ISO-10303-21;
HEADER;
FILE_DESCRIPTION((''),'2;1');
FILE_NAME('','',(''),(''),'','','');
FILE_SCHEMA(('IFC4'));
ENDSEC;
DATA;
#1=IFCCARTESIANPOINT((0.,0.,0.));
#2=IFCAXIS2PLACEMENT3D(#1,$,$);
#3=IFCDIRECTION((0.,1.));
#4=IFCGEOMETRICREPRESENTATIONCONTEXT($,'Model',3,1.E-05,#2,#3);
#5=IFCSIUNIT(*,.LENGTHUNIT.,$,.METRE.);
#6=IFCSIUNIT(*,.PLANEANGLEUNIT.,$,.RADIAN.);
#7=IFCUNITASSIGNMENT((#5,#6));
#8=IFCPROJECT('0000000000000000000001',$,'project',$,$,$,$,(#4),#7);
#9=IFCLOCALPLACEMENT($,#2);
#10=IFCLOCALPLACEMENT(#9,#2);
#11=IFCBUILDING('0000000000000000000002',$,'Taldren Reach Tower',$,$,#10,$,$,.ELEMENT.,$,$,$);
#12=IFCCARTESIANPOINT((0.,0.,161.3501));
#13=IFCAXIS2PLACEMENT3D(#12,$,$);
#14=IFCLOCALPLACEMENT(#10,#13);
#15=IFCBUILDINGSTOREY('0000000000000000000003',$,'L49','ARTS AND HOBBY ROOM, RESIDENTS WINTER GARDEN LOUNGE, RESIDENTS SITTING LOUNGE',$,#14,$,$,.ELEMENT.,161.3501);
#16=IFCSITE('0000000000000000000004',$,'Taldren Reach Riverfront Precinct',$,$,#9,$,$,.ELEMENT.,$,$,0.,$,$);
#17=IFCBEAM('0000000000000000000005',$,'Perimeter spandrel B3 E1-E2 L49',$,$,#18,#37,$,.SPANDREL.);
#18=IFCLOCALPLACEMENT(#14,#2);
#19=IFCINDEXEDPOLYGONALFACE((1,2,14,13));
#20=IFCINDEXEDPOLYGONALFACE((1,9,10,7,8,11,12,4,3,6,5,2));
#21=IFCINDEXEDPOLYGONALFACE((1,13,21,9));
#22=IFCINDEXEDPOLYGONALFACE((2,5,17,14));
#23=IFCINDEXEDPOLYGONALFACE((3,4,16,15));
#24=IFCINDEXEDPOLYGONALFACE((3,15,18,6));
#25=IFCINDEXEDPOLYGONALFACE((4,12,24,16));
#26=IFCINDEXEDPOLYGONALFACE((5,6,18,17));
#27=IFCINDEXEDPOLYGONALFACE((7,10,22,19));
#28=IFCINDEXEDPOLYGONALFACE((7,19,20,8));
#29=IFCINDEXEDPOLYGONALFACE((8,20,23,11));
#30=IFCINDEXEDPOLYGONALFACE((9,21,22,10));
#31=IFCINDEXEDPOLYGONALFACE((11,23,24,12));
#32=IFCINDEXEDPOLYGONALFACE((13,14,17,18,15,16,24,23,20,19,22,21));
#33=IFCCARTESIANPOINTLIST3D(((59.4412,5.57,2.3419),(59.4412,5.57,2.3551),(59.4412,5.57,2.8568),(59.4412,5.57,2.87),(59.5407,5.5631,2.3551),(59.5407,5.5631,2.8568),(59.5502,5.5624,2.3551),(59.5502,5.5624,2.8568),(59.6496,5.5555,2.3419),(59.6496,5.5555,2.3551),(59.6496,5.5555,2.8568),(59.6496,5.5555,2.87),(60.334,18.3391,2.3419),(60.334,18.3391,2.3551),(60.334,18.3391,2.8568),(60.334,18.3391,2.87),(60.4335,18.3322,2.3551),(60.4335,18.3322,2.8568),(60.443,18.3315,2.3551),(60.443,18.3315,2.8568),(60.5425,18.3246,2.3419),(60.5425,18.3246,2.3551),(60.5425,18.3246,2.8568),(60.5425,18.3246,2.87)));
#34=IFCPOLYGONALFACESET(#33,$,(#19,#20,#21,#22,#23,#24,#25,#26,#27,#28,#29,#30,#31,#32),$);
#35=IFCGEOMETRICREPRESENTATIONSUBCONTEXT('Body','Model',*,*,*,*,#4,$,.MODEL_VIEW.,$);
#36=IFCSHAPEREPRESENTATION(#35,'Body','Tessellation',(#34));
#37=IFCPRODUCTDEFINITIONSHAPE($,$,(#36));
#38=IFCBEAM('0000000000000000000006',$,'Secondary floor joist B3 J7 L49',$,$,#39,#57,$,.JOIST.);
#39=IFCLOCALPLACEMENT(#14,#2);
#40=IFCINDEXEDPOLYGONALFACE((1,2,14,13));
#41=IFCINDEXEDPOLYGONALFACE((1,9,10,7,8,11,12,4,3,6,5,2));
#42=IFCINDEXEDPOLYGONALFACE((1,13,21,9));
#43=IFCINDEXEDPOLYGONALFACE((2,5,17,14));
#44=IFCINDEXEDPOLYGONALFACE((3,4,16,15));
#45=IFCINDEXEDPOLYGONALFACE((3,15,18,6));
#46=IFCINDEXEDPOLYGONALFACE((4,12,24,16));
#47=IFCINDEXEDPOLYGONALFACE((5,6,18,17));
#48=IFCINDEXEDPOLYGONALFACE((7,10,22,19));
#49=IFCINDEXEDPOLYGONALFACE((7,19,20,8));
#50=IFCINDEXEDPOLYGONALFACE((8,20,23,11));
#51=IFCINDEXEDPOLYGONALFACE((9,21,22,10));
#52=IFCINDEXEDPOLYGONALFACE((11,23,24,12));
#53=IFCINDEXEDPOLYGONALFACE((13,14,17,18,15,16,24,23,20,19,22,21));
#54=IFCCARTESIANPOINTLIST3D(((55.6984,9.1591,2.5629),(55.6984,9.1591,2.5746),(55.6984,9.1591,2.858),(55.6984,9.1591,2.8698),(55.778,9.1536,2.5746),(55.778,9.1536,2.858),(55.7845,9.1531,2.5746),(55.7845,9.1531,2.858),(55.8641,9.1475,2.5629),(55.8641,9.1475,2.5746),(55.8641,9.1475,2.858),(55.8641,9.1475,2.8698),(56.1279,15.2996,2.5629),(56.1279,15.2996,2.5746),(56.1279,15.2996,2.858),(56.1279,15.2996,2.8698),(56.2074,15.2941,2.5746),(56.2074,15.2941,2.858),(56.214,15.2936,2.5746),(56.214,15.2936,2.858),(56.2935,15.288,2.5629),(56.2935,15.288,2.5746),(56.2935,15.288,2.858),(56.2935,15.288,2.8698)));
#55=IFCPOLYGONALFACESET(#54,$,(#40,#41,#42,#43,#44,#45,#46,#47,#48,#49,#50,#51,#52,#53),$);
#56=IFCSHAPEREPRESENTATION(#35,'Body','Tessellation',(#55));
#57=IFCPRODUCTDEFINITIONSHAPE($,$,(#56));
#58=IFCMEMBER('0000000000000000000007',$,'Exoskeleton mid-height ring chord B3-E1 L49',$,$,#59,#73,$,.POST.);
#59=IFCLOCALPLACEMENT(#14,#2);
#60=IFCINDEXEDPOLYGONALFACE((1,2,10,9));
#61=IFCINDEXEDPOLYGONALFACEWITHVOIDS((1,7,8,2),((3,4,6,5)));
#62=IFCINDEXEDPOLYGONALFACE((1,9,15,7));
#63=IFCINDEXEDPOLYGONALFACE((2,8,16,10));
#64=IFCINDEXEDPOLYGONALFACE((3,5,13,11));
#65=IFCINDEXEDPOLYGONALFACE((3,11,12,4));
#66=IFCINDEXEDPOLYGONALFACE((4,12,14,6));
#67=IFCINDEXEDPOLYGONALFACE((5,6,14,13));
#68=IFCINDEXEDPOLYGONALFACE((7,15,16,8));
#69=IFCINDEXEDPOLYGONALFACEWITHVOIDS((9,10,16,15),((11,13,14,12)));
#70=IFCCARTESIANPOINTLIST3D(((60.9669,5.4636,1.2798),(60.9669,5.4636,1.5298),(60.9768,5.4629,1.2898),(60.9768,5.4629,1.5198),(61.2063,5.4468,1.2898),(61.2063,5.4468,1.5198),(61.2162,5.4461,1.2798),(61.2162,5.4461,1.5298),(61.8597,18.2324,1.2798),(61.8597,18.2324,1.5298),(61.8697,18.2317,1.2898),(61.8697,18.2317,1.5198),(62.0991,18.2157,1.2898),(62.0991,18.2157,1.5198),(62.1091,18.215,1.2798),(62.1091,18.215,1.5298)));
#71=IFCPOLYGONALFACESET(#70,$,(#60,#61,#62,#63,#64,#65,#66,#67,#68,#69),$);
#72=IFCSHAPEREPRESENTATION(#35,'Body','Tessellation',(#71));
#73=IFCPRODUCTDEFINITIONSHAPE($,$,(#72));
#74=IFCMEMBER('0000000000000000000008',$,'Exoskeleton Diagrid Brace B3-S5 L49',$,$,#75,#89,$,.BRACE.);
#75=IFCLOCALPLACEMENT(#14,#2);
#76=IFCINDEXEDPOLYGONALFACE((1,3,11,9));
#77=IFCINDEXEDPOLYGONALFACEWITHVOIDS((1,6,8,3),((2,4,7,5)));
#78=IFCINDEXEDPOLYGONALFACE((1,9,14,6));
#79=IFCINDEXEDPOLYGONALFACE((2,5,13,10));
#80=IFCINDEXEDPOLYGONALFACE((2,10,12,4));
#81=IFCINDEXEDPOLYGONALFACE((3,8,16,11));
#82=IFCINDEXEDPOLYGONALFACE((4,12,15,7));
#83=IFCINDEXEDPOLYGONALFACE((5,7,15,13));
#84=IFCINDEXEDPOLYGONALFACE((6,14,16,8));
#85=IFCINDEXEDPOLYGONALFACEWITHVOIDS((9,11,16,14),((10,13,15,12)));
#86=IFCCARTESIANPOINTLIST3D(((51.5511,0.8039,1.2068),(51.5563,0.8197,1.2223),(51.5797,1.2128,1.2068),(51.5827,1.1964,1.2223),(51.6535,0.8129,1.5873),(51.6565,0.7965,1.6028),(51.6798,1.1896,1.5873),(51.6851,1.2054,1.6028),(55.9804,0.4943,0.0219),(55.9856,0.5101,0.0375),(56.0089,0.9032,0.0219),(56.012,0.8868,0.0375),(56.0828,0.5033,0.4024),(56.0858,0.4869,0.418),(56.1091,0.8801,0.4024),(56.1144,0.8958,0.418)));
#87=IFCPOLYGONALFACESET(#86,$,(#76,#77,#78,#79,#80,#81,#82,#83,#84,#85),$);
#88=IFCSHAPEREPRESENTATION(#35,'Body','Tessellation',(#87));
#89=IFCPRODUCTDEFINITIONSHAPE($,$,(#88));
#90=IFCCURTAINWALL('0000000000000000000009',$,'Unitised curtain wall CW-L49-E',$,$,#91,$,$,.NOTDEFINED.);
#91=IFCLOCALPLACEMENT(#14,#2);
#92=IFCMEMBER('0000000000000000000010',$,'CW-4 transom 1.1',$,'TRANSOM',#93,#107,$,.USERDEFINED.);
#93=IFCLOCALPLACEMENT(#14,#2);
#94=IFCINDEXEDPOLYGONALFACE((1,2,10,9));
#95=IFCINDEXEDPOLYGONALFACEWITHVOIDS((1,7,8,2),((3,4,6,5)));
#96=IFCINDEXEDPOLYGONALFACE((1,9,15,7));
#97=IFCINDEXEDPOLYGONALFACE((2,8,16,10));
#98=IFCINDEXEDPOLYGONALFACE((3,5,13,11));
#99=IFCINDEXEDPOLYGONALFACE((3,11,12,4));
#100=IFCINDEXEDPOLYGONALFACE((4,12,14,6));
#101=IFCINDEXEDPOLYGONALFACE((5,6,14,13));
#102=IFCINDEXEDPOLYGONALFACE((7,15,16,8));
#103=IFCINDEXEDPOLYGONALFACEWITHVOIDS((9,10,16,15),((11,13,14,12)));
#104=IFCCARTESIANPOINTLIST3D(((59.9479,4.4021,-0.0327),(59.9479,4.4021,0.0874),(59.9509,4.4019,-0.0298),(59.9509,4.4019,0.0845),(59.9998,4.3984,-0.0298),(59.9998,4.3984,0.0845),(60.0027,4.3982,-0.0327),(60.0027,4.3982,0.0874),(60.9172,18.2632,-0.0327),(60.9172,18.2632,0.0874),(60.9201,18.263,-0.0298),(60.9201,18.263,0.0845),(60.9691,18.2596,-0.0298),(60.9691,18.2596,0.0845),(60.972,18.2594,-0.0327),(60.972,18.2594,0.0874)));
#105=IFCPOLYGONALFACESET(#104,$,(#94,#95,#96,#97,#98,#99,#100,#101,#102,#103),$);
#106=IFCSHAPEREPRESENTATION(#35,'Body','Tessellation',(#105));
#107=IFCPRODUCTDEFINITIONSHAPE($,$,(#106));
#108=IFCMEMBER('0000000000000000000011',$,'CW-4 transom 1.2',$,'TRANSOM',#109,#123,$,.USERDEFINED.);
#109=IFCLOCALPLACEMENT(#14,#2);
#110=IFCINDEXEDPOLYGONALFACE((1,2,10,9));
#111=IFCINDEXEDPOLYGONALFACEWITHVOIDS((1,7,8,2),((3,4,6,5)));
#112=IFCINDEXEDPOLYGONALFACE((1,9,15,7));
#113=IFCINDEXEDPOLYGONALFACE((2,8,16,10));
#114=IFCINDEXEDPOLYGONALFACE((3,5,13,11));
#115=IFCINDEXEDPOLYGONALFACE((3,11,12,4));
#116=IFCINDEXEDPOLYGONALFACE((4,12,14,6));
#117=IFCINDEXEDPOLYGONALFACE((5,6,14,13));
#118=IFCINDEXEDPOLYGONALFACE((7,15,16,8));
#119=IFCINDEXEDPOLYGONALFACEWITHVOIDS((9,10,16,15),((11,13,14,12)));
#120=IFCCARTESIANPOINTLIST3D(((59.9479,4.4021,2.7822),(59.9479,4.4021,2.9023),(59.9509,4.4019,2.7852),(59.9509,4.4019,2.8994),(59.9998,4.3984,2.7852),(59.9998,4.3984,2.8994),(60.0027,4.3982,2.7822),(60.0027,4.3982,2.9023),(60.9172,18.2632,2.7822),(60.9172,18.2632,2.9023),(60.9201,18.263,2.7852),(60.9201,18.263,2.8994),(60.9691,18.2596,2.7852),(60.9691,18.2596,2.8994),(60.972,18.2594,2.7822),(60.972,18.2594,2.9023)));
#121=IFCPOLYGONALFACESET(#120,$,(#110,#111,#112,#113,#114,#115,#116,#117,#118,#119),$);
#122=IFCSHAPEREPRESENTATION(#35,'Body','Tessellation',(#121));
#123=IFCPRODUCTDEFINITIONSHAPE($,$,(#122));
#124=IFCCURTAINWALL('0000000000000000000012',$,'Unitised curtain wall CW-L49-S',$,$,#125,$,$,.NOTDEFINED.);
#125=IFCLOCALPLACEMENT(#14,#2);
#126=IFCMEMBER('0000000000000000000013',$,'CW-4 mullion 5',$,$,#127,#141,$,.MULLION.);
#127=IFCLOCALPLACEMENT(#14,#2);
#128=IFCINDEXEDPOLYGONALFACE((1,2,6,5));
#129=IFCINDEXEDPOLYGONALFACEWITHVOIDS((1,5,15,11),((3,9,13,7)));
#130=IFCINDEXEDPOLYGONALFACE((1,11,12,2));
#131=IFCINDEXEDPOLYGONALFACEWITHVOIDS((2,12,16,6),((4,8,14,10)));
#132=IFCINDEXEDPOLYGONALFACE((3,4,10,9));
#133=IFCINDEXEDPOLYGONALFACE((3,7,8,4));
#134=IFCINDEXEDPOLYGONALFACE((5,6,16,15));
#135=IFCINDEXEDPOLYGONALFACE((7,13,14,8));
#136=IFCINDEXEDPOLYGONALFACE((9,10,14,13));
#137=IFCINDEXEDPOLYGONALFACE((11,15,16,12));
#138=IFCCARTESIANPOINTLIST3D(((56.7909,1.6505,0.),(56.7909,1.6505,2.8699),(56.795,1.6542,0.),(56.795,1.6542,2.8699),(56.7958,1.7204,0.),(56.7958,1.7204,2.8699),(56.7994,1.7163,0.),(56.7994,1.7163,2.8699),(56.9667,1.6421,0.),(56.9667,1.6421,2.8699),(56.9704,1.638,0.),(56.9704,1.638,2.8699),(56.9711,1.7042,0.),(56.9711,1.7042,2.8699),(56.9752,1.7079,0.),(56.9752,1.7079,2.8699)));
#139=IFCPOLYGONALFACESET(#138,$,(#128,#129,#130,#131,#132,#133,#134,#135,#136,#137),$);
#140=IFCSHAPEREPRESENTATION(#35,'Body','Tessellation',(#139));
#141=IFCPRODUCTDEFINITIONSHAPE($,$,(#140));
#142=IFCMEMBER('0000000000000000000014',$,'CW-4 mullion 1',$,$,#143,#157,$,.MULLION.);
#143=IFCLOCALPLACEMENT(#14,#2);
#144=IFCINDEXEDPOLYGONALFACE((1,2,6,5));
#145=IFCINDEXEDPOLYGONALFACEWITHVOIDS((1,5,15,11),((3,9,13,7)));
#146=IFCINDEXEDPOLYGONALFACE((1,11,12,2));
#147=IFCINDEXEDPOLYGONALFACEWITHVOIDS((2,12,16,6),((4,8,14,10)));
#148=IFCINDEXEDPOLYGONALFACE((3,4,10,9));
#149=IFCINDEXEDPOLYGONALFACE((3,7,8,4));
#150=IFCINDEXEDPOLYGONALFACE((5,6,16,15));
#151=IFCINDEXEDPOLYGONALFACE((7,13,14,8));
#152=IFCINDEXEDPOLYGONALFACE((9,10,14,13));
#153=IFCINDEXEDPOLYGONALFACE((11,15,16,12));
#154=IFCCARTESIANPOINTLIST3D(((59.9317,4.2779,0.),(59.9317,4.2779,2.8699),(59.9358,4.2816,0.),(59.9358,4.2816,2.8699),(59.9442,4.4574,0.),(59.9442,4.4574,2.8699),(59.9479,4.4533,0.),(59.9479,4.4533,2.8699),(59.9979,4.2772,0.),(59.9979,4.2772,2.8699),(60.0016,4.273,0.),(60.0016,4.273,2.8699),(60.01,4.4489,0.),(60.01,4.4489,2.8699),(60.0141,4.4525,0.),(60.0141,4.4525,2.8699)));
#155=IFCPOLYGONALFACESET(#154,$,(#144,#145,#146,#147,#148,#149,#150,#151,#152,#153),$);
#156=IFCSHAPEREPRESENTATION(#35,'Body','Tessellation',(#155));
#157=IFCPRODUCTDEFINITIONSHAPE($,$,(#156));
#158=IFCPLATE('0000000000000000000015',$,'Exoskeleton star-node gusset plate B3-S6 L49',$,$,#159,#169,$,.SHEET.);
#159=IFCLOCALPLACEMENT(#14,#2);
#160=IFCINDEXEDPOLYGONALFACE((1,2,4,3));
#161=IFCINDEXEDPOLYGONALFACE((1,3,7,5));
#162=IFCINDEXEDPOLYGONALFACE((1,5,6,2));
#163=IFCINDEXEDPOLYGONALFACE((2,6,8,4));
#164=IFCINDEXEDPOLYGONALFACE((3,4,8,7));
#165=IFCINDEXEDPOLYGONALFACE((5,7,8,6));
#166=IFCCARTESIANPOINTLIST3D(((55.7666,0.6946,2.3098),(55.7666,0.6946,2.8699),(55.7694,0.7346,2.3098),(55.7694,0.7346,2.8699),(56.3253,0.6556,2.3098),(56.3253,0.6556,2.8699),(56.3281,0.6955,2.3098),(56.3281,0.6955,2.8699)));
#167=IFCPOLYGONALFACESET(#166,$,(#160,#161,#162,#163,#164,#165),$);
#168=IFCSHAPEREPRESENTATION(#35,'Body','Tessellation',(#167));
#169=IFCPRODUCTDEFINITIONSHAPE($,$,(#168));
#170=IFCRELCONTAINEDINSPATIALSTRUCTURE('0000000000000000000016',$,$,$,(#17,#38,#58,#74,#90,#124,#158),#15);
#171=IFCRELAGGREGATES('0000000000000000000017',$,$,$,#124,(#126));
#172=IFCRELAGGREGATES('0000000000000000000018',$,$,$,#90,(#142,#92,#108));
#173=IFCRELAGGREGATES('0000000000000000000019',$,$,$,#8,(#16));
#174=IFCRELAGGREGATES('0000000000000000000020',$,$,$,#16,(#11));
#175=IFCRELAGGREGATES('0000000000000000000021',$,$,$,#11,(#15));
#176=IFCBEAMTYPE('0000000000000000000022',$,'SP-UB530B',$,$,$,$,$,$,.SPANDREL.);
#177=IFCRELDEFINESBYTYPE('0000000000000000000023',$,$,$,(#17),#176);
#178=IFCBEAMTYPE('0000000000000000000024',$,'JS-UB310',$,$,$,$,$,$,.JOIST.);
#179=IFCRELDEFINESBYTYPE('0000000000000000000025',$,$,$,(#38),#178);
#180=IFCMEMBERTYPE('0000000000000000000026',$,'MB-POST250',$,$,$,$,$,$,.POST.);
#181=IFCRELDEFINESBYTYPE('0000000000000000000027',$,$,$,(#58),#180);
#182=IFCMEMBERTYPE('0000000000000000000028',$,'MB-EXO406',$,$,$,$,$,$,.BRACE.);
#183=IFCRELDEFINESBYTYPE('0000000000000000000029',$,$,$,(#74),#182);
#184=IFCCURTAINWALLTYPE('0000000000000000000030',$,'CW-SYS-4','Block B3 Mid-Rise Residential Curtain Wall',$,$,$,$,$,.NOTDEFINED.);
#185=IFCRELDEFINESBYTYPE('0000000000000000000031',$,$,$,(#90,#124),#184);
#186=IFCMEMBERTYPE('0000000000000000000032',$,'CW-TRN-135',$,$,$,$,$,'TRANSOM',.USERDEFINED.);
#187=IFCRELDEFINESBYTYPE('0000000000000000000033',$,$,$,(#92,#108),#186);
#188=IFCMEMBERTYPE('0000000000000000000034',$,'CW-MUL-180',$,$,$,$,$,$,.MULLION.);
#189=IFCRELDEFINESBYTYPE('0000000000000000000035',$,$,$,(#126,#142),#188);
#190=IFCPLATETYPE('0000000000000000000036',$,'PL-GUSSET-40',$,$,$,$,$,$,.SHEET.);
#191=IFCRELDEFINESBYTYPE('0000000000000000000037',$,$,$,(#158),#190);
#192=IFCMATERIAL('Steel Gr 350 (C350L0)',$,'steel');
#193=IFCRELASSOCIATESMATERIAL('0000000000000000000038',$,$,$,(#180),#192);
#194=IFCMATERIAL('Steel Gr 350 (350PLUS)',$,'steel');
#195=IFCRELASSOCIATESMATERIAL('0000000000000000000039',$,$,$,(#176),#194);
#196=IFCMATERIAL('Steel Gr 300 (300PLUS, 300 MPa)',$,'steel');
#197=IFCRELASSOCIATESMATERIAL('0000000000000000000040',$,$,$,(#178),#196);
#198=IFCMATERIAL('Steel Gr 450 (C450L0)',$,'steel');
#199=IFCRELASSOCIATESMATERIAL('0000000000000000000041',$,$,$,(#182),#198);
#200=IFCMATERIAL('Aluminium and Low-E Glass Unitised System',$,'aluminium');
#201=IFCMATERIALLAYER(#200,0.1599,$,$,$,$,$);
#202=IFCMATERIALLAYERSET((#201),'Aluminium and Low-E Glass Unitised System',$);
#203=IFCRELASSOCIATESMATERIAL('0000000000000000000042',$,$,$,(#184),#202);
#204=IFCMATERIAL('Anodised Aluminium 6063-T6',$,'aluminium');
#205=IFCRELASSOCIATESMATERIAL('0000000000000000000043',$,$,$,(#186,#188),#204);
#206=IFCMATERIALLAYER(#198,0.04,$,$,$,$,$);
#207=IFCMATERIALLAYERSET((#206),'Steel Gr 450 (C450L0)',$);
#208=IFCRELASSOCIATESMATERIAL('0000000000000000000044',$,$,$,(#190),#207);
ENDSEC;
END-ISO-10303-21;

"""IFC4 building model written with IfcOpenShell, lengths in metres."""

from ifc_helpers import new_model, si_unit, direction, frame, origin, origin_2d, place, context, subcontext, project, spatial, rectangle, hollow_rectangle, i_section, extrude, source, transform, mapped, material, layer, layer_set, material_profile, profile_set, type_object, element, aggregate, save


model = new_model("IFC4")

# Units and contexts
model_context = context("Model", 3, precision=1e-05, world=origin(), true_north=direction((0.0, 1.0)))
body_context = subcontext(model_context, "Body", "Model", "MODEL_VIEW")
ifc_project = project(units=[si_unit("LENGTHUNIT", "METRE"), si_unit("PLANEANGLEUNIT", "RADIAN")], contexts=[model_context])

# Site, building, storey
site_placement = place(None, origin())
site = spatial("IfcSite", under=ifc_project, at=site_placement, Name="Taldren Reach Riverfront Precinct", CompositionType="ELEMENT", RefElevation=0.0)
building_placement = place(site_placement, origin())
building = spatial("IfcBuilding", under=site, at=building_placement, Name="Taldren Reach Tower", CompositionType="ELEMENT")
storey_placement = place(building_placement, frame((0.0, 0.0, 161.3501)))
storey = spatial("IfcBuildingStorey", under=building, at=storey_placement, Name="L49", Description="ARTS AND HOBBY ROOM, RESIDENTS WINTER GARDEN LOUNGE, RESIDENTS SITTING LOUNGE", CompositionType="ELEMENT", Elevation=161.3501)

# Shared definitions
ifc_material_1 = material(Name="Steel Gr 450 (C450L0)", Category="steel")
ifc_material_2 = material(Name="Steel Gr 350 (350PLUS)", Category="steel")

# Shared definitions
ifc_material_3 = material(Name="Steel Gr 350 (C350L0)", Category="steel")
ifc_material_profile_1 = material_profile(ifc_material_3, hollow_rectangle(XDim=0.25, YDim=0.25, WallThickness=0.01, at=origin_2d()), Name="250x250x10.0SHS")
ifc_profile_set_1 = profile_set([ifc_material_profile_1], Name="Steel Gr 350 (C350L0)")
member_type_1 = type_object("IfcMemberType", Name="MB-POST250", PredefinedType="POST", material=ifc_profile_set_1)

# Beams
ifc_material_profile_2 = material_profile(ifc_material_2, i_section(OverallWidth=0.209, OverallDepth=0.5281, WebThickness=0.0095, FlangeThickness=0.0132, at=origin_2d()), Name="530UB82.0")
ifc_profile_set_2 = profile_set([ifc_material_profile_2], Name="Steel Gr 350 (350PLUS)")
beam_type_1 = type_object("IfcBeamType", Name="SP-UB530B", PredefinedType="SPANDREL", material=ifc_profile_set_2)
shared_shape_1 = source(origin(), body_context, "Body", "SweptSolid", [
    extrude(i_section(OverallWidth=0.209, OverallDepth=0.5281, WebThickness=0.0095, FlangeThickness=0.0132, at=origin_2d()), origin(), (0.0, 0.0, 1.0), 12.8003),
])
beam_1_placement = place(storey_placement, frame((59.5454, 5.5627, 2.606), z_axis=(0.069751, 0.997564, 0.0), x_axis=(-0.997564, 0.069751, 0.0)))
element("IfcBeam", 1, at=beam_1_placement, inside=storey, type_object=beam_type_1, Name="Perimeter spandrel B3 E1-E2 L49", PredefinedType="SPANDREL", context=body_context, shape_type="MappedRepresentation", body=[
    mapped(shared_shape_1, transform((0.0, 0.0, 0.0), scale=1.0)),
])
ifc_material_4 = material(Name="Steel Gr 300 (300PLUS, 300 MPa)", Category="steel")
ifc_material_profile_3 = material_profile(ifc_material_4, i_section(OverallWidth=0.166, OverallDepth=0.3069, WebThickness=0.0066, FlangeThickness=0.0117, at=origin_2d()), Name="310UB46.2")
ifc_profile_set_3 = profile_set([ifc_material_profile_3], Name="Steel Gr 300 (300PLUS, 300 MPa)")
beam_type_2 = type_object("IfcBeamType", Name="JS-UB310", PredefinedType="JOIST", material=ifc_profile_set_3)
shared_shape_2 = source(origin(), body_context, "Body", "SweptSolid", [
    extrude(i_section(OverallWidth=0.166, OverallDepth=0.3069, WebThickness=0.0066, FlangeThickness=0.0117, at=origin_2d()), origin(), (0.0, 0.0, 1.0), 6.1555),
])
beam_2_placement = place(storey_placement, frame((55.7812, 9.1533, 2.7163), z_axis=(0.069764, 0.997563, 0.0), x_axis=(-0.997563, 0.069764, 0.0)))
element("IfcBeam", 2, at=beam_2_placement, inside=storey, type_object=beam_type_2, Name="Secondary floor joist B3 J7 L49", PredefinedType="JOIST", context=body_context, shape_type="MappedRepresentation", body=[
    mapped(shared_shape_2, transform((0.0, 0.0, 0.0), scale=1.0)),
])

# Members
shared_shape_3 = source(origin(), body_context, "Body", "SweptSolid", [
    extrude(hollow_rectangle(XDim=0.25, YDim=0.25, WallThickness=0.01, at=origin_2d()), origin(), (0.0, 0.0, 1.0), 12.8),
])
member_1_placement = place(storey_placement, frame((61.0916, 5.4548, 1.4048), z_axis=(0.069752, 0.997564, 0.0), x_axis=(-0.997564, 0.069752, 0.0)))
element("IfcMember", 3, at=member_1_placement, inside=storey, type_object=member_type_1, Name="Exoskeleton mid-height ring chord B3-E1 L49", PredefinedType="POST", context=body_context, shape_type="MappedRepresentation", body=[
    mapped(shared_shape_3, transform((0.0, 0.0, 0.0), scale=1.0)),
])
ifc_material_profile_4 = material_profile(ifc_material_1, hollow_rectangle(XDim=0.4099, YDim=0.4099, WallThickness=0.0161, at=origin_2d()), Name="410x410x16.0SHS")
ifc_profile_set_4 = profile_set([ifc_material_profile_4], Name="Steel Gr 450 (C450L0)")
member_type_2 = type_object("IfcMemberType", Name="MB-EXO406", PredefinedType="BRACE", material=ifc_profile_set_4)
shared_shape_4 = source(origin(), body_context, "Body", "SweptSolid", [
    extrude(hollow_rectangle(XDim=0.4099, YDim=0.4099, WallThickness=0.0161, at=origin_2d()), origin(), (0.0, 0.0, 1.0), 4.5955),
])
member_2_placement = place(storey_placement, frame((56.0474, 0.6951, 0.22), z_axis=(-0.96384, 0.067366, 0.257828), x_axis=(-0.069723, -0.997566, 0.0)))
element("IfcMember", 4, at=member_2_placement, inside=storey, type_object=member_type_2, Name="Exoskeleton Diagrid Brace B3-S5 L49", PredefinedType="BRACE", context=body_context, shape_type="MappedRepresentation", body=[
    mapped(shared_shape_4, transform((0.0, 0.0, 0.0), scale=1.0)),
])

# Curtain wall, members
ifc_material_5 = material(Name="Aluminium and Low-E Glass Unitised System", Category="aluminium")
ifc_layer_1 = layer(ifc_material_5, 0.1599)
ifc_layer_set_1 = layer_set([ifc_layer_1], Name="Aluminium and Low-E Glass Unitised System")
curtain_wall_type = type_object("IfcCurtainWallType", Name="CW-SYS-4", Description="Block B3 Mid-Rise Residential Curtain Wall", PredefinedType="NOTDEFINED", material=ifc_layer_set_1)
curtain_wall_1_placement = place(storey_placement, origin())
curtain_wall_1 = element("IfcCurtainWall", 5, at=curtain_wall_1_placement, inside=storey, type_object=curtain_wall_type, Name="Unitised curtain wall CW-L49-E", PredefinedType="NOTDEFINED")
ifc_material_6 = material(Name="Anodised Aluminium 6063-T6", Category="aluminium")
ifc_material_profile_5 = material_profile(ifc_material_6, hollow_rectangle(XDim=0.0549, YDim=0.1201, WallThickness=0.0029, at=origin_2d()), Name="ALU-120x55x3RHS")
ifc_profile_set_5 = profile_set([ifc_material_profile_5], Name="Anodised Aluminium 6063-T6")
member_type_3 = type_object("IfcMemberType", Name="CW-TRN-135", ElementType="TRANSOM", PredefinedType="USERDEFINED", material=ifc_profile_set_5)
shared_shape_5 = source(origin(), body_context, "Body", "SweptSolid", [
    extrude(hollow_rectangle(XDim=0.0549, YDim=0.1201, WallThickness=0.0029, at=origin_2d()), origin(), (0.0, 0.0, 1.0), 13.895),
])
member_3_placement = place(storey_placement, frame((59.9753, 4.4001, 0.0273), z_axis=(0.069755, 0.997564, 0.0), x_axis=(-0.997564, 0.069755, 0.0)))
member_3 = element("IfcMember", 6, at=member_3_placement, type_object=member_type_3, Name="CW-4 transom 1.1", ObjectType="TRANSOM", PredefinedType="USERDEFINED", context=body_context, shape_type="MappedRepresentation", body=[
    mapped(shared_shape_5, transform((0.0, 0.0, 0.0), scale=1.0)),
])
member_4_placement = place(storey_placement, frame((59.9753, 4.4001, 2.8423), z_axis=(0.069755, 0.997564, 0.0), x_axis=(-0.997564, 0.069755, 0.0)))
member_4 = element("IfcMember", 7, at=member_4_placement, type_object=member_type_3, Name="CW-4 transom 1.2", ObjectType="TRANSOM", PredefinedType="USERDEFINED", context=body_context, shape_type="MappedRepresentation", body=[
    mapped(shared_shape_5, transform((0.0, 0.0, 0.0), scale=1.0)),
])

# Curtain wall, member
curtain_wall_2_placement = place(storey_placement, origin())
curtain_wall_2 = element("IfcCurtainWall", 8, at=curtain_wall_2_placement, inside=storey, type_object=curtain_wall_type, Name="Unitised curtain wall CW-L49-S", PredefinedType="NOTDEFINED")
ifc_material_profile_6 = material_profile(ifc_material_6, hollow_rectangle(XDim=0.0701, YDim=0.1799, WallThickness=0.0039, at=origin_2d()), Name="ALU-180x70x4RHS")
ifc_profile_set_6 = profile_set([ifc_material_profile_6], Name="Anodised Aluminium 6063-T6")
member_type_4 = type_object("IfcMemberType", Name="CW-MUL-180", PredefinedType="MULLION", material=ifc_profile_set_6)
shared_shape_6 = source(origin(), body_context, "Body", "SweptSolid", [
    extrude(hollow_rectangle(XDim=0.0701, YDim=0.1799, WallThickness=0.0039, at=origin_2d()), origin(), (0.0, 0.0, 1.0), 2.8699),
])
member_5_placement = place(storey_placement, frame((56.8831, 1.6792, 0.0), z_axis=(0.0, 0.0, 1.0), x_axis=(0.069757, 0.997564, 0.0)))
member_5 = element("IfcMember", 9, at=member_5_placement, type_object=member_type_4, Name="CW-4 mullion 5", PredefinedType="MULLION", context=body_context, shape_type="MappedRepresentation", body=[
    mapped(shared_shape_6, transform((0.0, 0.0, 0.0), scale=1.0)),
])

# Member
member_6_placement = place(storey_placement, frame((59.9729, 4.3652, 0.0), z_axis=(0.0, 0.0, 1.0), x_axis=(-0.997564, 0.069756, 0.0)))
member_6 = element("IfcMember", 10, at=member_6_placement, type_object=member_type_4, Name="CW-4 mullion 1", PredefinedType="MULLION", context=body_context, shape_type="MappedRepresentation", body=[
    mapped(shared_shape_6, transform((0.0, 0.0, 0.0), scale=1.0)),
])

# Plate
ifc_layer_2 = layer(ifc_material_1, 0.04)
ifc_layer_set_2 = layer_set([ifc_layer_2], Name="Steel Gr 450 (C450L0)")
plate_type_1 = type_object("IfcPlateType", Name="PL-GUSSET-40", PredefinedType="SHEET", material=ifc_layer_set_2)
shared_shape_7 = source(origin(), body_context, "Body", "SweptSolid", [
    extrude(rectangle(XDim=0.5601, YDim=0.04, at=origin_2d()), origin(), (0.0, 0.0, 1.0), 0.5601),
])
for number, where, z_axis, x_axis, name in (
    (11, (56.0474, 0.6951, 2.3098), (0.0, 0.0, 1.0), (0.997564, -0.069756, 0.0), "Exoskeleton star-node gusset plate B3-S6 L49"),
):
    element("IfcPlate", number, at=place(storey_placement, frame(where, z_axis=z_axis, x_axis=x_axis)), inside=storey, type_object=plate_type_1, Name=name, PredefinedType="SHEET", context=body_context, shape_type="MappedRepresentation", body=[
        mapped(shared_shape_7, transform((0.0, 0.0, 0.0), scale=1.0)),
    ])

aggregate(curtain_wall_2, [member_5])
aggregate(curtain_wall_1, [member_6, member_3, member_4])

save(model, "model.ifc")
